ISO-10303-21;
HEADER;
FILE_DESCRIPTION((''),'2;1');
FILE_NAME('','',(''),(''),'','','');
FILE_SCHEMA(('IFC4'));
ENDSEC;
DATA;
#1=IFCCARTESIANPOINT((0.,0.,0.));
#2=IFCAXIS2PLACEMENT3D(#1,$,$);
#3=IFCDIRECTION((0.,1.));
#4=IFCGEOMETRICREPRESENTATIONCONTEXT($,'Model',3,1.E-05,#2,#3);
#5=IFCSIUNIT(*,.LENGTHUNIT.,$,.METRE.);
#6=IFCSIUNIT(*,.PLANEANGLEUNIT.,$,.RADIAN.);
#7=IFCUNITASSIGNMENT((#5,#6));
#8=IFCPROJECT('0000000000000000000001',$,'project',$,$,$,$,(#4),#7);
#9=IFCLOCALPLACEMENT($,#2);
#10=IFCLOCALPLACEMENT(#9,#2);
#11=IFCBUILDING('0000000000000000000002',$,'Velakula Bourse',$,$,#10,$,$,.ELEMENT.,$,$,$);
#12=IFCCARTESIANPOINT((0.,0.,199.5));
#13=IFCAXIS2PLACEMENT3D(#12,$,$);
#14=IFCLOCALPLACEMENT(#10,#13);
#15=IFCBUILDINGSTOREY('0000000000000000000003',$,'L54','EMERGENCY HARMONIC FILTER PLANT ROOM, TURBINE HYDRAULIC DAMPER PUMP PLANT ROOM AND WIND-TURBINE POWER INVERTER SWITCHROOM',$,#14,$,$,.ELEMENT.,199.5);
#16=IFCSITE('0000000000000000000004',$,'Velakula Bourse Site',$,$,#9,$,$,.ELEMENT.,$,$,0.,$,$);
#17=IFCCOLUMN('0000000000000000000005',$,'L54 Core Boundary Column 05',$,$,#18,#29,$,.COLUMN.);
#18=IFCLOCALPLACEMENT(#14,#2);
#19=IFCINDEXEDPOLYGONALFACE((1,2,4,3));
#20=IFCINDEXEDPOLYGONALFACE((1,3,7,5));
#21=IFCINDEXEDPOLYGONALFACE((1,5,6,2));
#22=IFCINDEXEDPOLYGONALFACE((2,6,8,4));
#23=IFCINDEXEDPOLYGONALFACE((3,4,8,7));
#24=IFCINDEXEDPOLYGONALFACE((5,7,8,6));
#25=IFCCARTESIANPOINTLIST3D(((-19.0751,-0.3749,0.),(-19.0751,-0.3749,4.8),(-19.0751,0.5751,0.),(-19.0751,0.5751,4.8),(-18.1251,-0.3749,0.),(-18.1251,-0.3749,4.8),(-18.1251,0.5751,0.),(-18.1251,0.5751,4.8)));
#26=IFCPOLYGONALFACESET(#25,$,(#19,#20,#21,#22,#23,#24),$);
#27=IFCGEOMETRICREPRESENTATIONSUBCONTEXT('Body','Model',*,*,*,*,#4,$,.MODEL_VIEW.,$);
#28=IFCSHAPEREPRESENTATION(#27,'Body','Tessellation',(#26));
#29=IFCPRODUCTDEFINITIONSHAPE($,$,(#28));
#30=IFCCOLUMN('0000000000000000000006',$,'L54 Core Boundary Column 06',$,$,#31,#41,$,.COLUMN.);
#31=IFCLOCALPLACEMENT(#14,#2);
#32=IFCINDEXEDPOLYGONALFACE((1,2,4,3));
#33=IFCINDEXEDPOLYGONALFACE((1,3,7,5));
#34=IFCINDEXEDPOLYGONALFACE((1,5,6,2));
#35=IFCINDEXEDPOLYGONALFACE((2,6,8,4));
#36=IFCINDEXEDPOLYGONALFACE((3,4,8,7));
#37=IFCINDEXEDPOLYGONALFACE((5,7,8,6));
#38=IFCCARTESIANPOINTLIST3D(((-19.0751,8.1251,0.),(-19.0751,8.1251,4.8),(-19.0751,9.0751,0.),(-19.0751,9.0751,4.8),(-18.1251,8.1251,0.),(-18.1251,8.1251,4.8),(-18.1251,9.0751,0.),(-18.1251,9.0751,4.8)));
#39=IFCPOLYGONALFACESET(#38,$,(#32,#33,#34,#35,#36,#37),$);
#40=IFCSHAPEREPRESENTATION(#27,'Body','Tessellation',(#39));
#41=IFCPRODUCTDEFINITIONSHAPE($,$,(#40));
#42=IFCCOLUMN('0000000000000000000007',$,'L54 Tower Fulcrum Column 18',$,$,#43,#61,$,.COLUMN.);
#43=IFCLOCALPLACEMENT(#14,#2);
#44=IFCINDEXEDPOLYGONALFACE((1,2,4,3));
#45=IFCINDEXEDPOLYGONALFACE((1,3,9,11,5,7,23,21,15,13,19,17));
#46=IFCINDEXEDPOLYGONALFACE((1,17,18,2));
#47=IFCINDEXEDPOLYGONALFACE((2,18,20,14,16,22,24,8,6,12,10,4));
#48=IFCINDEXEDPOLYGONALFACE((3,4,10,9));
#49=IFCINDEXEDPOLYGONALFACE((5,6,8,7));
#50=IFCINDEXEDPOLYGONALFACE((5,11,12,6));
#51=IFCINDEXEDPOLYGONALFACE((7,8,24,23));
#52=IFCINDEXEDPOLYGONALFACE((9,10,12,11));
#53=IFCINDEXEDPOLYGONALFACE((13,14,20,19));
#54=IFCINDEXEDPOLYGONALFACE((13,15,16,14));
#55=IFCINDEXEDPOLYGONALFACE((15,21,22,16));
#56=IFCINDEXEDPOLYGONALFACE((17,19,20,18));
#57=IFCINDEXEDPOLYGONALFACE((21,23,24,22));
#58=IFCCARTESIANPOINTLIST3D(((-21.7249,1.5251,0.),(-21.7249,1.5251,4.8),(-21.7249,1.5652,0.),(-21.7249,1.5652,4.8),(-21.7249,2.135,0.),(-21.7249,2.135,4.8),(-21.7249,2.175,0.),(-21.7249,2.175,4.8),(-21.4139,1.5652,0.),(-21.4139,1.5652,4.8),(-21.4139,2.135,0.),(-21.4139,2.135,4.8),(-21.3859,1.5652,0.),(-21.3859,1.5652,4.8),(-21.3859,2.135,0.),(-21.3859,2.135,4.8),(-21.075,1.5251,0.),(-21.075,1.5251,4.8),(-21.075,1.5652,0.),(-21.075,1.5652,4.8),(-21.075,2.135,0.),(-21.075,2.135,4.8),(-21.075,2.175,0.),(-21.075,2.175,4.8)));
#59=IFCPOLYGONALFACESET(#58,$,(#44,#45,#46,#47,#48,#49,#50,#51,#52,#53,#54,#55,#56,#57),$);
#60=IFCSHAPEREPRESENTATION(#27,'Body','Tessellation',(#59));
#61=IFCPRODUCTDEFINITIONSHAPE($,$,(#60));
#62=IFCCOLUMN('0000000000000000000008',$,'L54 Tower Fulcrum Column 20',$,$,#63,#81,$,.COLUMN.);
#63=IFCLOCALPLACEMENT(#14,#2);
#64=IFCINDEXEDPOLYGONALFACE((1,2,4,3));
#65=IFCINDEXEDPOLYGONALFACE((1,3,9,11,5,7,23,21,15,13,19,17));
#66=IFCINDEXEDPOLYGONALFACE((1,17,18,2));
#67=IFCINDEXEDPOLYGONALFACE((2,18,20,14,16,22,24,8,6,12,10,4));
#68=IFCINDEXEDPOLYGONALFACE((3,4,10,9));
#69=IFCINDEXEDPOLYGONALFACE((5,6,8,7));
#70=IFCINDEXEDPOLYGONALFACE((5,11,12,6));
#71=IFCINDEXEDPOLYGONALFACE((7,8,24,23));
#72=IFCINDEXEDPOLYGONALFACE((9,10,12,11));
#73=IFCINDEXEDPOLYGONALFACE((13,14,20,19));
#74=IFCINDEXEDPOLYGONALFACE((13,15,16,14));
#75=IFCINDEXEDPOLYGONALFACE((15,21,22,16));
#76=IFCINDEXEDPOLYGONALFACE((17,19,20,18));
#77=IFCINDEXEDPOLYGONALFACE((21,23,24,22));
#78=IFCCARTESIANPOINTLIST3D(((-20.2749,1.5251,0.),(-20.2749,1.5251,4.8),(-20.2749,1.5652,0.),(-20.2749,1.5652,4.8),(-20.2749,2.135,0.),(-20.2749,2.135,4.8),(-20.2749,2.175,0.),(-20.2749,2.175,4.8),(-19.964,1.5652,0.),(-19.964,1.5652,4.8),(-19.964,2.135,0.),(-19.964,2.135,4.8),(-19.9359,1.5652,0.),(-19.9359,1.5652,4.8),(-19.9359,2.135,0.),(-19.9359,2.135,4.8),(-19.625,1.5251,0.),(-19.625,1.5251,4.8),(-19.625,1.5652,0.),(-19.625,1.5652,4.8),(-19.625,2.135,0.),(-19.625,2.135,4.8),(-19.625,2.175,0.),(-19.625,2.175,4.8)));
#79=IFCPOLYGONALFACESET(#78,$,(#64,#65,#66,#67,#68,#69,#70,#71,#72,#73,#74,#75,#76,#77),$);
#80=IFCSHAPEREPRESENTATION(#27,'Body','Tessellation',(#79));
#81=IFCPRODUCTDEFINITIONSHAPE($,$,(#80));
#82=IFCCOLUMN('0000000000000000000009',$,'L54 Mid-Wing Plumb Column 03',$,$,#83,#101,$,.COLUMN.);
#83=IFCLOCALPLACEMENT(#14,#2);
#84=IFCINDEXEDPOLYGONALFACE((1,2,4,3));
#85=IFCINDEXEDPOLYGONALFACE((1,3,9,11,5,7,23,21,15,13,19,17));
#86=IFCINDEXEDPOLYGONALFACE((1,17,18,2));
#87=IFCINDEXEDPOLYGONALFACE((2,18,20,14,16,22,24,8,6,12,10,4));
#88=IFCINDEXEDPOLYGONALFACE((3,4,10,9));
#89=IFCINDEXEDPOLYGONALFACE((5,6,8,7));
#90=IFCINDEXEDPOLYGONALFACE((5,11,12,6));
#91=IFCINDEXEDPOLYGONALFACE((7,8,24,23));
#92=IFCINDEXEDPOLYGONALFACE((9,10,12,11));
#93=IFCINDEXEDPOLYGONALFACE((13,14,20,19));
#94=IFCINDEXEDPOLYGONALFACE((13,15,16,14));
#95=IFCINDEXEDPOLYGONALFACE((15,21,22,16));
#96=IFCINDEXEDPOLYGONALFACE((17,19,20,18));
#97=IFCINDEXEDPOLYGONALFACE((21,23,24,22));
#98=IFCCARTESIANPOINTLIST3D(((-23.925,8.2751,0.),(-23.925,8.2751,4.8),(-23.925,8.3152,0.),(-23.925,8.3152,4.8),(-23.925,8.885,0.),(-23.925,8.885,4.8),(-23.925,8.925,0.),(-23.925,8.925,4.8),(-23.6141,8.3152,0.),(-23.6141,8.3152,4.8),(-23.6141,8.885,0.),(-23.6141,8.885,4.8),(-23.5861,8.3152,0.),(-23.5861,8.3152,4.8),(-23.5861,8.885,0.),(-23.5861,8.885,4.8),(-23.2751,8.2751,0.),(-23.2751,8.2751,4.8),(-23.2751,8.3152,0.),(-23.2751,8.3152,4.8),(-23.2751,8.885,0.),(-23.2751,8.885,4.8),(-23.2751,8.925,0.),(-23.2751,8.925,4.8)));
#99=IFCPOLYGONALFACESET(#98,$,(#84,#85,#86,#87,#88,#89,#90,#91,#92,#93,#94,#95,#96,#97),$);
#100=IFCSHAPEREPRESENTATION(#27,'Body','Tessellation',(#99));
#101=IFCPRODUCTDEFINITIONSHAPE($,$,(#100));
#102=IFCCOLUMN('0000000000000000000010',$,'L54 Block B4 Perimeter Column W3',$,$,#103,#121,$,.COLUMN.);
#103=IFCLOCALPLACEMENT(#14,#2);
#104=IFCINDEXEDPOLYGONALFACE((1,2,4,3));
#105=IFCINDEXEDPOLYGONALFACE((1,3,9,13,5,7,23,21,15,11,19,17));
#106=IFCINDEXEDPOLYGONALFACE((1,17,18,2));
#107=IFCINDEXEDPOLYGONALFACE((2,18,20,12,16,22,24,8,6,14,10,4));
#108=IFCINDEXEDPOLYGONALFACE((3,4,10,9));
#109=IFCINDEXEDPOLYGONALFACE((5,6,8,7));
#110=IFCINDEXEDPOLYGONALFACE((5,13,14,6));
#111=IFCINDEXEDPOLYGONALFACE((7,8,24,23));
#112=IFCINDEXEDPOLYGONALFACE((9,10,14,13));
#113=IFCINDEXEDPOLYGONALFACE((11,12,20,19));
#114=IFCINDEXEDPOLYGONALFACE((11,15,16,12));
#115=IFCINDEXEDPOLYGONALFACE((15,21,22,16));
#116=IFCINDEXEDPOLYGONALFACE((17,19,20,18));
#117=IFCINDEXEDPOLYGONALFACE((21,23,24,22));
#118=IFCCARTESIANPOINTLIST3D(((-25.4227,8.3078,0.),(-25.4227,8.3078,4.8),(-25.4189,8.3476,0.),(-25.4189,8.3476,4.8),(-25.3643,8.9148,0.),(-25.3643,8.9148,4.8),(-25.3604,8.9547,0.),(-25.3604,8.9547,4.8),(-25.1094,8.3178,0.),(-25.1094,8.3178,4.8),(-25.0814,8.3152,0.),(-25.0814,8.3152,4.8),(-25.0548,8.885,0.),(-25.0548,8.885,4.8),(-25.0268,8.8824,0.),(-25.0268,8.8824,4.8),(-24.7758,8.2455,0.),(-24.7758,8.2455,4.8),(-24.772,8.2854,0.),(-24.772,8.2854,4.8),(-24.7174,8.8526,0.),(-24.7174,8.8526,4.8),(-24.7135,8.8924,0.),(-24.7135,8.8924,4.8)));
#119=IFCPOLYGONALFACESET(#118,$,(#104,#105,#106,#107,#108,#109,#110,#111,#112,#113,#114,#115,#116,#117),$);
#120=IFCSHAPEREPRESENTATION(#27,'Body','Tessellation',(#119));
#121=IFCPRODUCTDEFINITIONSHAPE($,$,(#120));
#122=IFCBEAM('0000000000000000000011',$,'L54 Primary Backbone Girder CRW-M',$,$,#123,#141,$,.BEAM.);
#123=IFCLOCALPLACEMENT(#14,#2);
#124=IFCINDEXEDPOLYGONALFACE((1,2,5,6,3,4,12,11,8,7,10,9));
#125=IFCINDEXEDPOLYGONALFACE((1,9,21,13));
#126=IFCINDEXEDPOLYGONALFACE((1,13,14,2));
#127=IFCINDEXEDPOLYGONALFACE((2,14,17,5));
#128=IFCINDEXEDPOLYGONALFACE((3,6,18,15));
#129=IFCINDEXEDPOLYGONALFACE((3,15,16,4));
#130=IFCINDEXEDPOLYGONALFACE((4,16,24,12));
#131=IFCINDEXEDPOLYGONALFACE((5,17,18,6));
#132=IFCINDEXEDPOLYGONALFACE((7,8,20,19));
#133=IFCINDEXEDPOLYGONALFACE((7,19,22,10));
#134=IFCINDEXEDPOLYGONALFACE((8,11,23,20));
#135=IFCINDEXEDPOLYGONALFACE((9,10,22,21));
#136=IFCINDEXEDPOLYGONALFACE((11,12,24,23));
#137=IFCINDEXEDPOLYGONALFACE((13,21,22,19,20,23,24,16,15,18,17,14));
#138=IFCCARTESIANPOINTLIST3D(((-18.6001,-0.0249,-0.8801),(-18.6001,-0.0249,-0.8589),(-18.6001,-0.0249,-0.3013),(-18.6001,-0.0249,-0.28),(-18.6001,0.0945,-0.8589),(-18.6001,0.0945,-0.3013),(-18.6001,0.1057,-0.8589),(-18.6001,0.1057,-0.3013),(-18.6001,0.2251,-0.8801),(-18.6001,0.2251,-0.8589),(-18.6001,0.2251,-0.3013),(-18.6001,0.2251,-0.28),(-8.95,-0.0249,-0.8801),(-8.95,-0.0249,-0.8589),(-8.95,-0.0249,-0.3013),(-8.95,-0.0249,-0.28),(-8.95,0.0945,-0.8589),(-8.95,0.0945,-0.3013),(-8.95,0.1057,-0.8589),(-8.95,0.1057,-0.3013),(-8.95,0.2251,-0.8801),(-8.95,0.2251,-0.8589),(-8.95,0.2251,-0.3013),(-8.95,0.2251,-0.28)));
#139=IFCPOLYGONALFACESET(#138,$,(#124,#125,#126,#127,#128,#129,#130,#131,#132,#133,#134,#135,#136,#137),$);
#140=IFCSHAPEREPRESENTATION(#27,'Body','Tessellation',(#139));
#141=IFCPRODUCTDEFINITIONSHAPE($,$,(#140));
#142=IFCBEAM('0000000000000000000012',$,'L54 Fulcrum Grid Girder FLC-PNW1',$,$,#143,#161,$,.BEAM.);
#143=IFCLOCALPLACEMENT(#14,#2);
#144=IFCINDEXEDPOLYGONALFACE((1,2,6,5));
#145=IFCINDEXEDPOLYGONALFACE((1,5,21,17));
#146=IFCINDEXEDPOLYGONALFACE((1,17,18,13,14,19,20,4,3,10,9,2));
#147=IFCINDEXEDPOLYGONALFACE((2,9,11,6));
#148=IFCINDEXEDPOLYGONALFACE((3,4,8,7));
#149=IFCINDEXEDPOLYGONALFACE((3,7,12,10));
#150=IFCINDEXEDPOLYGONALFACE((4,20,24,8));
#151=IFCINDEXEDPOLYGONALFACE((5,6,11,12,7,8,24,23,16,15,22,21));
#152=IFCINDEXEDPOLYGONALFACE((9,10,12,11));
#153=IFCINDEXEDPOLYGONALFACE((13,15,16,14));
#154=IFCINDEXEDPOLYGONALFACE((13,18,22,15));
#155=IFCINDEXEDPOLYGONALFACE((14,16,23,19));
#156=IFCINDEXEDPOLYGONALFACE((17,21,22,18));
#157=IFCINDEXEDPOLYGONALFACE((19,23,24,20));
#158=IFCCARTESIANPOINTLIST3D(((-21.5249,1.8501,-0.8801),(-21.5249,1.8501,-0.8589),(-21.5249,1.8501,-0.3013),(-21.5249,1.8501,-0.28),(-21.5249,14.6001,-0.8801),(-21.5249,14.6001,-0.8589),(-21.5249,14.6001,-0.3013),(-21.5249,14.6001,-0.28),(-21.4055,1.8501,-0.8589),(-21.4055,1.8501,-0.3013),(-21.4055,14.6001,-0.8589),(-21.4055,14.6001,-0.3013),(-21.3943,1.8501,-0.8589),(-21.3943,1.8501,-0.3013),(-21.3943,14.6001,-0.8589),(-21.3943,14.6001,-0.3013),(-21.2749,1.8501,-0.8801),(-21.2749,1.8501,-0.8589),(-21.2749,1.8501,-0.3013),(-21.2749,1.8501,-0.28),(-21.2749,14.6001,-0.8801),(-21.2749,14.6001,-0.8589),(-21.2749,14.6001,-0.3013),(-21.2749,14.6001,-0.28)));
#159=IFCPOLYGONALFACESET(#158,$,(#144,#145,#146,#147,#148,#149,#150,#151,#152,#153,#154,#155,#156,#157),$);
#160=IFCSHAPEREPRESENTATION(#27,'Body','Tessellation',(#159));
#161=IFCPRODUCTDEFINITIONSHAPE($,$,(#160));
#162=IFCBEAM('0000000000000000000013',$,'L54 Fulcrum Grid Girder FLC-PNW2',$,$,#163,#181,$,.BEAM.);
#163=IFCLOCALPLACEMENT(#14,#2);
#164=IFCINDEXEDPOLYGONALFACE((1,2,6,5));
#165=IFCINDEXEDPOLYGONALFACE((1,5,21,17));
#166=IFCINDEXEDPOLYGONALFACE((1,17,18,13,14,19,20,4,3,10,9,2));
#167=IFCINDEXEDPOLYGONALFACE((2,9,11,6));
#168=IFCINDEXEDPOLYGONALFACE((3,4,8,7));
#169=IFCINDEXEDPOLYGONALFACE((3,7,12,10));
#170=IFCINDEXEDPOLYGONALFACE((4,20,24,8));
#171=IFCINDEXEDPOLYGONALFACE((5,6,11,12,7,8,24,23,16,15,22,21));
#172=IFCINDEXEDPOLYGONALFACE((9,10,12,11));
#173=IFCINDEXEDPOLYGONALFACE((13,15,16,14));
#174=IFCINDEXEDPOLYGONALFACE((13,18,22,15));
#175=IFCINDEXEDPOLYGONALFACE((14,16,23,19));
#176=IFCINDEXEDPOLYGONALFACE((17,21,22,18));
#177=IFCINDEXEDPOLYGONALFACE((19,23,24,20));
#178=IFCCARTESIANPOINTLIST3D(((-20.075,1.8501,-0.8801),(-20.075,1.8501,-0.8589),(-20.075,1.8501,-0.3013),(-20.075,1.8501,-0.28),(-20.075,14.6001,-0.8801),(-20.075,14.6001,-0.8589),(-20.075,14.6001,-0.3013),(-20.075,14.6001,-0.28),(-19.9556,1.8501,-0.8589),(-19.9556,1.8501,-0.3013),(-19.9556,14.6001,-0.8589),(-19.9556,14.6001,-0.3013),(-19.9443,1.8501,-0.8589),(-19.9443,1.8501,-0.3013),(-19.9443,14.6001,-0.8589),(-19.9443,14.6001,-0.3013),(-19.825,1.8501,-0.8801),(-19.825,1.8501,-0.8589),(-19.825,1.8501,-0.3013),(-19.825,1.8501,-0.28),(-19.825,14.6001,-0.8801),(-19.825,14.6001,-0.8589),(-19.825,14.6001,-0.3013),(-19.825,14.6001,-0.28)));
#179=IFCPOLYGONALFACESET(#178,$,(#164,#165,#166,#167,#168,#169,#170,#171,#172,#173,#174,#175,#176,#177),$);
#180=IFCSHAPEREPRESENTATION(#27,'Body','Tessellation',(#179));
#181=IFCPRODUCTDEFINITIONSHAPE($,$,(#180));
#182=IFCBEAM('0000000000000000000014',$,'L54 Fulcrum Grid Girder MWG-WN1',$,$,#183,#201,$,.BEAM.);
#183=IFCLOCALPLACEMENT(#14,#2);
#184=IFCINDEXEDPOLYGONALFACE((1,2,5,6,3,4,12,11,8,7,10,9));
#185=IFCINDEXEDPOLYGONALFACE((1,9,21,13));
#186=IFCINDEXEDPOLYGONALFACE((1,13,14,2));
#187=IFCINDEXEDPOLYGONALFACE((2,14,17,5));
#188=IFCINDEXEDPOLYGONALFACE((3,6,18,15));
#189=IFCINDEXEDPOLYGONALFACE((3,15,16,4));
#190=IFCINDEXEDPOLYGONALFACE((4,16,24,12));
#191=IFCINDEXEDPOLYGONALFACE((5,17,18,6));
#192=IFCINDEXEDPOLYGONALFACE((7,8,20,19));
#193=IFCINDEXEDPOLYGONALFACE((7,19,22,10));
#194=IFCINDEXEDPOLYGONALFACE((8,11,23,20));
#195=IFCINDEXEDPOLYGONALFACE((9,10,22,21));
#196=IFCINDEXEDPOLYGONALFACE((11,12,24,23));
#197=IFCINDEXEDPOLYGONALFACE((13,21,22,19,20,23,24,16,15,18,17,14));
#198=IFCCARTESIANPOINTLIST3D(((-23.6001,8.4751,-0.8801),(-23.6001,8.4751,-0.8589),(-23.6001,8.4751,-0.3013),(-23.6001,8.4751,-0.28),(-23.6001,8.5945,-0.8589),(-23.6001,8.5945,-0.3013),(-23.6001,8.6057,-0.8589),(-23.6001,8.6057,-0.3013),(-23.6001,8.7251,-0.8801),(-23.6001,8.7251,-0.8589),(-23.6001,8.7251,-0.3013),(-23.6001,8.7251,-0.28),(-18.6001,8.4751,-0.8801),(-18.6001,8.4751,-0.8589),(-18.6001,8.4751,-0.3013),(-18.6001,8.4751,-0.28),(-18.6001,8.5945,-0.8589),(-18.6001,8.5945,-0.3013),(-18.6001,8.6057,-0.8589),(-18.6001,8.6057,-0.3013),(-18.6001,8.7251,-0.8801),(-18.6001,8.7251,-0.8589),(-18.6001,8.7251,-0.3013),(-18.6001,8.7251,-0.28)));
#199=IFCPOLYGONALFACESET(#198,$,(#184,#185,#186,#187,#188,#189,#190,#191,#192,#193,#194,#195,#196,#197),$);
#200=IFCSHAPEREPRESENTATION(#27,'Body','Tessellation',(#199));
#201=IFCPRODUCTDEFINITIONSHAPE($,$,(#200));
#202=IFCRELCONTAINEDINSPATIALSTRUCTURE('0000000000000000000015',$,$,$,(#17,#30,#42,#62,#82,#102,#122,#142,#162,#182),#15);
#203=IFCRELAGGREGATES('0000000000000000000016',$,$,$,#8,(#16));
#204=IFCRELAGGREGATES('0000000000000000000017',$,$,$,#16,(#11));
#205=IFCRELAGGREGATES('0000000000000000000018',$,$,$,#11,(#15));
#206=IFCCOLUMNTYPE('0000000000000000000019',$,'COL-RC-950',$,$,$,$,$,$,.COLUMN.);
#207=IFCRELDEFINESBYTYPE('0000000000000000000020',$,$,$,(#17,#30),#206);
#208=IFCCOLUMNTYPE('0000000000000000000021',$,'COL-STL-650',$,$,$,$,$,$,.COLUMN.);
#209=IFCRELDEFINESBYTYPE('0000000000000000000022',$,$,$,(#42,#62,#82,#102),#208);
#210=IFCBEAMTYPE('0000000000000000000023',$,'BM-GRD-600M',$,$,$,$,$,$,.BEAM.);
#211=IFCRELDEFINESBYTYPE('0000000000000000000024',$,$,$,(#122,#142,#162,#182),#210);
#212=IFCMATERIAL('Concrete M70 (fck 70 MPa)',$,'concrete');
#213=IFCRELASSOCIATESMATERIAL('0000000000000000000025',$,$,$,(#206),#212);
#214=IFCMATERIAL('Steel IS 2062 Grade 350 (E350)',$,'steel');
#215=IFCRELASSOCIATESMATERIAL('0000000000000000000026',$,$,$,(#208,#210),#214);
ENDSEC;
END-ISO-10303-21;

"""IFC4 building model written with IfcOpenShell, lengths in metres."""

from ifc_helpers import new_model, si_unit, direction, frame, origin, origin_2d, place, context, subcontext, project, spatial, rectangle, i_section, extrude, material, material_profile, profile_set, type_object, element, save


model = new_model("IFC4")

# Units and contexts
model_context = context("Model", 3, precision=1e-05, world=origin(), true_north=direction((0.0, 1.0)))
body_context = subcontext(model_context, "Body", "Model", "MODEL_VIEW")
ifc_project = project(units=[si_unit("LENGTHUNIT", "METRE"), si_unit("PLANEANGLEUNIT", "RADIAN")], contexts=[model_context])

# Site, building, storey
site_placement = place(None, origin())
site = spatial("IfcSite", under=ifc_project, at=site_placement, Name="Velakula Bourse Site", CompositionType="ELEMENT", RefElevation=0.0)
building_placement = place(site_placement, origin())
building = spatial("IfcBuilding", under=site, at=building_placement, Name="Velakula Bourse", CompositionType="ELEMENT")
storey_placement = place(building_placement, frame((0.0, 0.0, 199.5)))
storey = spatial("IfcBuildingStorey", under=building, at=storey_placement, Name="L54", Description="EMERGENCY HARMONIC FILTER PLANT ROOM, TURBINE HYDRAULIC DAMPER PUMP PLANT ROOM AND WIND-TURBINE POWER INVERTER SWITCHROOM", CompositionType="ELEMENT", Elevation=199.5)

# Columns
ifc_material_1 = material(Name="Concrete M70 (fck 70 MPa)", Category="concrete")
ifc_material_profile_1 = material_profile(ifc_material_1, rectangle(XDim=0.95, YDim=0.95, at=origin_2d()), Name="Concrete M70 (fck 70 MPa)")
ifc_profile_set_1 = profile_set([ifc_material_profile_1], Name="Concrete M70 (fck 70 MPa)")
column_type_1 = type_object("IfcColumnType", Name="COL-RC-950", PredefinedType="COLUMN", material=ifc_profile_set_1)
for number, where, z_axis, x_axis, name in (
    (1, (-18.6001, 0.1001, 0.0), (0.0, 0.0, 1.0), (1.0, 0.0, 0.0), "L54 Core Boundary Column 05"),
    (2, (-18.6001, 8.6001, 0.0), (0.0, 0.0, 1.0), (1.0, 0.0, 0.0), "L54 Core Boundary Column 06"),
):
    element("IfcColumn", number, at=place(storey_placement, frame(where, z_axis=z_axis, x_axis=x_axis)), inside=storey, type_object=column_type_1, Name=name, PredefinedType="COLUMN", context=body_context, shape_type="SweptSolid", body=[
        extrude(rectangle(XDim=0.95, YDim=0.95, at=origin_2d()), origin(), (0.0, 0.0, 1.0), 4.8),
    ])
ifc_material_2 = material(Name="Steel IS 2062 Grade 350 (E350)", Category="steel")
ifc_material_profile_2 = material_profile(ifc_material_2, i_section(OverallWidth=0.6499, OverallDepth=0.6499, WebThickness=0.0281, FlangeThickness=0.04, at=origin_2d()), Name="Steel IS 2062 Grade 350 (E350)")
ifc_profile_set_2 = profile_set([ifc_material_profile_2], Name="Steel IS 2062 Grade 350 (E350)")
column_type_2 = type_object("IfcColumnType", Name="COL-STL-650", PredefinedType="COLUMN", material=ifc_profile_set_2)
for number, where, z_axis, x_axis, name in (
    (3, (-21.3999, 1.8501, 0.0), (0.0, 0.0, 1.0), (1.0, 0.0, 0.0), "L54 Tower Fulcrum Column 18"),
    (4, (-19.95, 1.8501, 0.0), (0.0, 0.0, 1.0), (1.0, 0.0, 0.0), "L54 Tower Fulcrum Column 20"),
    (5, (-23.6001, 8.6001, 0.0), (0.0, 0.0, 1.0), (1.0, 0.0, 0.0), "L54 Mid-Wing Plumb Column 03"),
    (6, (-25.0681, 8.6001, 0.0), (0.0, 0.0, 1.0), (0.995396, -0.095846, 0.0), "L54 Block B4 Perimeter Column W3"),
):
    element("IfcColumn", number, at=place(storey_placement, frame(where, z_axis=z_axis, x_axis=x_axis)), inside=storey, type_object=column_type_2, Name=name, PredefinedType="COLUMN", context=body_context, shape_type="SweptSolid", body=[
        extrude(i_section(OverallWidth=0.6499, OverallDepth=0.6499, WebThickness=0.0281, FlangeThickness=0.04, at=origin_2d()), origin(), (0.0, 0.0, 1.0), 4.8),
    ])

# Beams
ifc_material_profile_3 = material_profile(ifc_material_2, i_section(OverallWidth=0.25, OverallDepth=0.6001, WebThickness=0.0112, FlangeThickness=0.0212, at=origin_2d()), Name="Steel IS 2062 Grade 350 (E350)")
ifc_profile_set_3 = profile_set([ifc_material_profile_3], Name="Steel IS 2062 Grade 350 (E350)")
beam_type_1 = type_object("IfcBeamType", Name="BM-GRD-600M", PredefinedType="BEAM", material=ifc_profile_set_3)
beam_1_placement = place(storey_placement, frame((-18.6001, 0.1001, -0.5801), z_axis=(1.0, 0.0, 0.0), x_axis=(0.0, 1.0, 0.0)))
element("IfcBeam", 7, at=beam_1_placement, inside=storey, type_object=beam_type_1, Name="L54 Primary Backbone Girder CRW-M", PredefinedType="BEAM", context=body_context, shape_type="SweptSolid", body=[
    extrude(i_section(OverallWidth=0.25, OverallDepth=0.6001, WebThickness=0.0112, FlangeThickness=0.0212, at=origin_2d()), origin(), (0.0, 0.0, 1.0), 9.6501),
])
for number, where, z_axis, x_axis, name in (
    (8, (-21.3999, 1.8501, -0.5801), (0.0, 1.0, 0.0), (-1.0, 0.0, 0.0), "L54 Fulcrum Grid Girder FLC-PNW1"),
    (9, (-19.95, 1.8501, -0.5801), (0.0, 1.0, 0.0), (-1.0, 0.0, 0.0), "L54 Fulcrum Grid Girder FLC-PNW2"),
):
    element("IfcBeam", number, at=place(storey_placement, frame(where, z_axis=z_axis, x_axis=x_axis)), inside=storey, type_object=beam_type_1, Name=name, PredefinedType="BEAM", context=body_context, shape_type="SweptSolid", body=[
        extrude(i_section(OverallWidth=0.25, OverallDepth=0.6001, WebThickness=0.0112, FlangeThickness=0.0212, at=origin_2d()), origin(), (0.0, 0.0, 1.0), 12.75),
    ])
beam_2_placement = place(storey_placement, frame((-23.6001, 8.6001, -0.5801), z_axis=(1.0, 0.0, 0.0), x_axis=(0.0, 1.0, 0.0)))
element("IfcBeam", 10, at=beam_2_placement, inside=storey, type_object=beam_type_1, Name="L54 Fulcrum Grid Girder MWG-WN1", PredefinedType="BEAM", context=body_context, shape_type="SweptSolid", body=[
    extrude(i_section(OverallWidth=0.25, OverallDepth=0.6001, WebThickness=0.0112, FlangeThickness=0.0212, at=origin_2d()), origin(), (0.0, 0.0, 1.0), 5.0),
])

save(model, "model.ifc")
